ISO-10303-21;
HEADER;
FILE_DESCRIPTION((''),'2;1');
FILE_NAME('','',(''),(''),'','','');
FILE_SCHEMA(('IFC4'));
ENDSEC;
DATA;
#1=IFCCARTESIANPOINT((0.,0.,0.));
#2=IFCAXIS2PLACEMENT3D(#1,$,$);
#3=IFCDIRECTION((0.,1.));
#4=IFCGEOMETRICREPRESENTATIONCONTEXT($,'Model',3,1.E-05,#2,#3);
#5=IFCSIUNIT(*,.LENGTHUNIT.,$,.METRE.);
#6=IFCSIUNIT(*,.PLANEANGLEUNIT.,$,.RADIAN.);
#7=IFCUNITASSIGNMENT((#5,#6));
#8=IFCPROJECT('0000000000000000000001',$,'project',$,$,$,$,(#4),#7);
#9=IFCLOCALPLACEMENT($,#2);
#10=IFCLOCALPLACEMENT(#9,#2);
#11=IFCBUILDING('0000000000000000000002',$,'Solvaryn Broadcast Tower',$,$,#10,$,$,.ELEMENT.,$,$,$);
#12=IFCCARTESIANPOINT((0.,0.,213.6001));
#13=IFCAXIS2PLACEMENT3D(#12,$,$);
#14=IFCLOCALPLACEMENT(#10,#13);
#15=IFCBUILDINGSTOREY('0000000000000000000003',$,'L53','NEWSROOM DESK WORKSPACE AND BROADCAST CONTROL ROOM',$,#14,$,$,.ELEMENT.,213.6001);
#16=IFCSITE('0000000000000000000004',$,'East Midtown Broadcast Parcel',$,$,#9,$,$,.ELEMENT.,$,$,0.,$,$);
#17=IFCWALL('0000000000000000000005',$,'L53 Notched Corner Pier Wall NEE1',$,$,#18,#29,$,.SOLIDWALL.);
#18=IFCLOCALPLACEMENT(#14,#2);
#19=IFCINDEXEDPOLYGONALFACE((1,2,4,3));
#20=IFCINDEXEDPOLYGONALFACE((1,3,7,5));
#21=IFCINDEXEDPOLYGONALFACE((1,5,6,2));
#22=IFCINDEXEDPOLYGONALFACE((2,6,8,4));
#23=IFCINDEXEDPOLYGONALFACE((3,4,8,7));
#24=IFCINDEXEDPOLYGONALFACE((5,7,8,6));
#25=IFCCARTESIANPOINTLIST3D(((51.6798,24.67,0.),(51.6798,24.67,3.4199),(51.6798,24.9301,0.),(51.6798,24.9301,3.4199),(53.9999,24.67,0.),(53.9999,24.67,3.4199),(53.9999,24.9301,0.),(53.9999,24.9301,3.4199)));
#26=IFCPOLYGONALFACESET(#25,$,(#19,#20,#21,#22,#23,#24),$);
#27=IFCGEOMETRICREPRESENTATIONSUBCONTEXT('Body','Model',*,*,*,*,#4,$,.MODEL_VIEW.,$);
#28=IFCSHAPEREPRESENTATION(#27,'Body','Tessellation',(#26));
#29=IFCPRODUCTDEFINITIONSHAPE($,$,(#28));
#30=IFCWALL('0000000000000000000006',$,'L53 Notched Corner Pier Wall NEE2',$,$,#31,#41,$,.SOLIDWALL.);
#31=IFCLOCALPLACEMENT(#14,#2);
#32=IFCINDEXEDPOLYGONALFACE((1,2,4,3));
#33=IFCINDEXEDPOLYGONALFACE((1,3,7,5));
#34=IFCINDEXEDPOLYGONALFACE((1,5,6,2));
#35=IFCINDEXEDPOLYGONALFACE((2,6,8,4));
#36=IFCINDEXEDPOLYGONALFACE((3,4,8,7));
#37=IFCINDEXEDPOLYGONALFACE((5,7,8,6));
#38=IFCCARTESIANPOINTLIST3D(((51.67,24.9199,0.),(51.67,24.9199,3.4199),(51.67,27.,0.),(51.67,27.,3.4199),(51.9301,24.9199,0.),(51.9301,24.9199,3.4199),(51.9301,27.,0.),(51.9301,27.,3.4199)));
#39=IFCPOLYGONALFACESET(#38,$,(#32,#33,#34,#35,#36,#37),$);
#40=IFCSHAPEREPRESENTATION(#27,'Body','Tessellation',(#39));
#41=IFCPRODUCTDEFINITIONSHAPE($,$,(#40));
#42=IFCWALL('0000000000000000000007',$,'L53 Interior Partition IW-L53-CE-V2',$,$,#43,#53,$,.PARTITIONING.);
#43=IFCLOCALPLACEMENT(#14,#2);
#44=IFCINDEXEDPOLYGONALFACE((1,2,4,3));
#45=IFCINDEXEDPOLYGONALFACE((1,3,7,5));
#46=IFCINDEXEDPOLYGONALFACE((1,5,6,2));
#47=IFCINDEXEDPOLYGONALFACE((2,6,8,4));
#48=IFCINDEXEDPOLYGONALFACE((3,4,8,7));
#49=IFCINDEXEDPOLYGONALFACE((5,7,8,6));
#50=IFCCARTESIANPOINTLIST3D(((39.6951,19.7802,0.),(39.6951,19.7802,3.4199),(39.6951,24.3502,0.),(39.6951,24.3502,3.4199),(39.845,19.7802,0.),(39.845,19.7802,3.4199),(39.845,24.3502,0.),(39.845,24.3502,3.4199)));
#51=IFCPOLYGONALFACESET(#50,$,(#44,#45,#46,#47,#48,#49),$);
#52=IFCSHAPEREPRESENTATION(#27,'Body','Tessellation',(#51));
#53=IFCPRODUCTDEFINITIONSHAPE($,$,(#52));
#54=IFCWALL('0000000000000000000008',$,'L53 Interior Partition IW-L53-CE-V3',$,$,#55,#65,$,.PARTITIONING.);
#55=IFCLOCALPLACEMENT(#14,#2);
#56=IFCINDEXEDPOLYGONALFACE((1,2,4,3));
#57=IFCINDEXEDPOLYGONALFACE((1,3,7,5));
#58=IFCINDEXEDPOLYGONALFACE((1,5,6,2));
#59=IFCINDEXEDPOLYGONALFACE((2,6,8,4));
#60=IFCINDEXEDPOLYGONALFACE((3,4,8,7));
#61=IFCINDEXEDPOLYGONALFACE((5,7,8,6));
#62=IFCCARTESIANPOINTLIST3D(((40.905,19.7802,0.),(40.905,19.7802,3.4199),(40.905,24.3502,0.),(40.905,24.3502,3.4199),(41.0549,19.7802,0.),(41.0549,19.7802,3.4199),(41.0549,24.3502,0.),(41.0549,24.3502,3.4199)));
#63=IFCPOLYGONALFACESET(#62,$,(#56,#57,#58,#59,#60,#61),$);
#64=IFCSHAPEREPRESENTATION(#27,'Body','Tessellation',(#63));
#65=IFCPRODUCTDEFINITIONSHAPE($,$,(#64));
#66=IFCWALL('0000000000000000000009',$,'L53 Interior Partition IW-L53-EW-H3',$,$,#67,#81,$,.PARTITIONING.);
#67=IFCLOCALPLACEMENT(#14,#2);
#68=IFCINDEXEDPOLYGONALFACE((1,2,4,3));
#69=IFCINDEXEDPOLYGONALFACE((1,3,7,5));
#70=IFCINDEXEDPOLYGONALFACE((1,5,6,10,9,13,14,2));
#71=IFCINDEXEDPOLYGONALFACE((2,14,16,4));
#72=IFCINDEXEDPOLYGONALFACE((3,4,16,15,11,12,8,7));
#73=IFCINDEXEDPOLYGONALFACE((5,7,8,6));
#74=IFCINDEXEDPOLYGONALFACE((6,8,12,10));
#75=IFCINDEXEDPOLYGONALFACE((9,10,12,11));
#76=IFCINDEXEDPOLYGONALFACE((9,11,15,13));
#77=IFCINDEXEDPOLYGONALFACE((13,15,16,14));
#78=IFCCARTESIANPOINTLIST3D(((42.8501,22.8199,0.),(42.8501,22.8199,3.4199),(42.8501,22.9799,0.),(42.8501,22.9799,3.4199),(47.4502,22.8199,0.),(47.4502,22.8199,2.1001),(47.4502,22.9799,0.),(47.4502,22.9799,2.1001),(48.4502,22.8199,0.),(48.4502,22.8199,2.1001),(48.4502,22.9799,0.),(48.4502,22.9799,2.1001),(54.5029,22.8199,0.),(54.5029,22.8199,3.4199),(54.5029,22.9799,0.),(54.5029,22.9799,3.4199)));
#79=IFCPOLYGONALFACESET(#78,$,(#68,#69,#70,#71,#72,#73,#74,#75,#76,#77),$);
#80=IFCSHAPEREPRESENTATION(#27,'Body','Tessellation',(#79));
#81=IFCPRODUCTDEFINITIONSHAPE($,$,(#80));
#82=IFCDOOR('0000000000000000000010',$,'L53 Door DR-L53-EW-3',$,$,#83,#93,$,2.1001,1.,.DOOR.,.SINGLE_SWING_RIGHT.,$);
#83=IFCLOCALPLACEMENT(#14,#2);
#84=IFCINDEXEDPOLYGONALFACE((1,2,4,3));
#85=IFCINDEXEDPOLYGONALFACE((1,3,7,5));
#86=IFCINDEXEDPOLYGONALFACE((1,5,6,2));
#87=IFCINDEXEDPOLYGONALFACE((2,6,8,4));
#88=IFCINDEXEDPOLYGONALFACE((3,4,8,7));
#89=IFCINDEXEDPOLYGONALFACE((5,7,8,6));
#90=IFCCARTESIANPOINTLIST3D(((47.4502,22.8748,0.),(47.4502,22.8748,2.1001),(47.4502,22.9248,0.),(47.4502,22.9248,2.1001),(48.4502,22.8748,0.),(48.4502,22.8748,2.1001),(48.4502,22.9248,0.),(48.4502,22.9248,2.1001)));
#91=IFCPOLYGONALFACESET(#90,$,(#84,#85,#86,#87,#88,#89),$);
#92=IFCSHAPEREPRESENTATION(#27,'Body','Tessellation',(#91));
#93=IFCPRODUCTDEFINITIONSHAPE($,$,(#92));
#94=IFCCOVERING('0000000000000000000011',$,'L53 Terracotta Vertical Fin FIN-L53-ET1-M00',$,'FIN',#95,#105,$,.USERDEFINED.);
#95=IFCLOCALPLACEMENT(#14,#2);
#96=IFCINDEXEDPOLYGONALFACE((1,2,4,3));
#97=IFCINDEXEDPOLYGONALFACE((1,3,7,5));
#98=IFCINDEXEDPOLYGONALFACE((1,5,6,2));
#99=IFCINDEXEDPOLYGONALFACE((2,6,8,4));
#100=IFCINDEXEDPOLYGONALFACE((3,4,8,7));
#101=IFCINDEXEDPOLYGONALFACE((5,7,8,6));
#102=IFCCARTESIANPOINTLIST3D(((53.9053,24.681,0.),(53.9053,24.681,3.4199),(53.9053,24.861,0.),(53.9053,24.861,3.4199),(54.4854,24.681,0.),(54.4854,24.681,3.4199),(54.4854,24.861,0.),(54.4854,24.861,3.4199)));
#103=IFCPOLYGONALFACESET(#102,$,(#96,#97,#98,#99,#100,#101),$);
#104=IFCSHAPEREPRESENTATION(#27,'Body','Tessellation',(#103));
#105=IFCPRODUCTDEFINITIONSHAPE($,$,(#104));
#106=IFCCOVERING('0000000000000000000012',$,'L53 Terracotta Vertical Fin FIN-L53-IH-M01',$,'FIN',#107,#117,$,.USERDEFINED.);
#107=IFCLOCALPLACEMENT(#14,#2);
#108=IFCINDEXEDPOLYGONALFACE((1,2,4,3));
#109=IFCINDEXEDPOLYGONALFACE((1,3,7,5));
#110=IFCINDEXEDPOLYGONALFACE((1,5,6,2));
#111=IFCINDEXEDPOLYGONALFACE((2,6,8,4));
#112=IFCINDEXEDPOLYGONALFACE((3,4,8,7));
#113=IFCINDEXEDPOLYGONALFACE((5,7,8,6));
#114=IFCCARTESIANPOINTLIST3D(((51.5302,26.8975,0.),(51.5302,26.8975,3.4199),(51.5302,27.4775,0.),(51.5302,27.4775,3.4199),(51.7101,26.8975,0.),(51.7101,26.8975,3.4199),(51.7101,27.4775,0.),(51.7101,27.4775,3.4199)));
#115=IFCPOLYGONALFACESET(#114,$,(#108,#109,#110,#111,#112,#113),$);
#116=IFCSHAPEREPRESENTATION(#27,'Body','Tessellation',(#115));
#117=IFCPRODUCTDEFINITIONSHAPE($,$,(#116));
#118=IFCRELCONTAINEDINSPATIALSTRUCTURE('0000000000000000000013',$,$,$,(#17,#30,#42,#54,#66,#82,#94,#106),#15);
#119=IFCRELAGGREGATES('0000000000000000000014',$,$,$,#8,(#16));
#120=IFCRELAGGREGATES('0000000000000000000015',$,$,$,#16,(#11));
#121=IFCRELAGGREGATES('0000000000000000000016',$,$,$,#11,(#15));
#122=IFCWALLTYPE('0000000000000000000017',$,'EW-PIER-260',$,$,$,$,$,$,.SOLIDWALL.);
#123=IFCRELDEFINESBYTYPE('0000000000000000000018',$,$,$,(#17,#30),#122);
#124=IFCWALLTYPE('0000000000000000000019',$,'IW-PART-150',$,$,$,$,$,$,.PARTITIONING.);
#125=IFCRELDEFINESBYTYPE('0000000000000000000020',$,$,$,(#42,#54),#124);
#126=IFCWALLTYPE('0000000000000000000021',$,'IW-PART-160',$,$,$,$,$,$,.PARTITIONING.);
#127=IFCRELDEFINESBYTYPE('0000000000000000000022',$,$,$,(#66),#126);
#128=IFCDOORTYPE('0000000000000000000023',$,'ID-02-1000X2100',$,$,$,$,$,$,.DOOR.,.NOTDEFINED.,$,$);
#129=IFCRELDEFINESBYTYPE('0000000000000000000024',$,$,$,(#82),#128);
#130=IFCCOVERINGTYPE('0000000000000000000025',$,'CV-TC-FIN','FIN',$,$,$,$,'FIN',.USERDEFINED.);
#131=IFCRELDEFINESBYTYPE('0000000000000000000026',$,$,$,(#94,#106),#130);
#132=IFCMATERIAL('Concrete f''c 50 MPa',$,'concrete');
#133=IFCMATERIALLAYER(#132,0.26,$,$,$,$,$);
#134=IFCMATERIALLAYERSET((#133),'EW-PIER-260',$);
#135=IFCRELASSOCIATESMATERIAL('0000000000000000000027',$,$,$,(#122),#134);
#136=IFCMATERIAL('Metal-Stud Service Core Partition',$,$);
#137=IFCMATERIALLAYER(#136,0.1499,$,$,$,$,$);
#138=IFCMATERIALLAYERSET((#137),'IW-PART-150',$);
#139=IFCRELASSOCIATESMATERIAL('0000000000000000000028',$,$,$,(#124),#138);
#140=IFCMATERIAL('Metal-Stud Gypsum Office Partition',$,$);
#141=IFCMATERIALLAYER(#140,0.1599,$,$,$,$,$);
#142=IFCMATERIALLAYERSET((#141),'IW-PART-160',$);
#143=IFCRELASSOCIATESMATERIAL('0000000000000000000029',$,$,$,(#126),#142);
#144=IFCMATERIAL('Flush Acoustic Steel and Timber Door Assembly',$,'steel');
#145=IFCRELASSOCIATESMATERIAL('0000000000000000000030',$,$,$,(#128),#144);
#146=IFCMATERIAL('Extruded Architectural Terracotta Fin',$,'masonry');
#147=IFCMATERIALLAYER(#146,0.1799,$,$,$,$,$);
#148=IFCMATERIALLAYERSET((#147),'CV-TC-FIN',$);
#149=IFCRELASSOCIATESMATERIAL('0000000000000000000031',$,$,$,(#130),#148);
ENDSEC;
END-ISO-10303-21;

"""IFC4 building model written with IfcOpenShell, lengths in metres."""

from ifc_helpers import new_model, si_unit, direction, frame, frame_2d, origin, origin_2d, place, context, subcontext, project, spatial, rectangle, extrude, material, layer, layer_set, type_object, element, fill, save


model = new_model("IFC4")

# Units and contexts
model_context = context("Model", 3, precision=1e-05, world=origin(), true_north=direction((0.0, 1.0)))
body_context = subcontext(model_context, "Body", "Model", "MODEL_VIEW")
ifc_project = project(units=[si_unit("LENGTHUNIT", "METRE"), si_unit("PLANEANGLEUNIT", "RADIAN")], contexts=[model_context])

# Site, building, storey
site_placement = place(None, origin())
site = spatial("IfcSite", under=ifc_project, at=site_placement, Name="East Midtown Broadcast Parcel", CompositionType="ELEMENT", RefElevation=0.0)
building_placement = place(site_placement, origin())
building = spatial("IfcBuilding", under=site, at=building_placement, Name="Solvaryn Broadcast Tower", CompositionType="ELEMENT")
storey_placement = place(building_placement, frame((0.0, 0.0, 213.6001)))
storey = spatial("IfcBuildingStorey", under=building, at=storey_placement, Name="L53", Description="NEWSROOM DESK WORKSPACE AND BROADCAST CONTROL ROOM", CompositionType="ELEMENT", Elevation=213.6001)

# Walls
ifc_material_1 = material(Name="Concrete f'c 50 MPa", Category="concrete")
ifc_layer_1 = layer(ifc_material_1, 0.26)
ifc_layer_set_1 = layer_set([ifc_layer_1], Name="EW-PIER-260")
wall_type_1 = type_object("IfcWallType", Name="EW-PIER-260", PredefinedType="SOLIDWALL", material=ifc_layer_set_1)
wall_1_placement = place(storey_placement, frame((54.0, 24.8, 0.0), z_axis=(0.0, 0.0, 1.0), x_axis=(-1.0, 0.0, 0.0)))
element("IfcWall", 1, at=wall_1_placement, inside=storey, type_object=wall_type_1, Name="L53 Notched Corner Pier Wall NEE1", PredefinedType="SOLIDWALL", context=body_context, shape_type="SweptSolid", body=[
    extrude(rectangle(XDim=2.3201, YDim=0.26, at=frame_2d((1.1602, 0.0))), origin(), (0.0, 0.0, 1.0), 3.4199),
])
wall_2_placement = place(storey_placement, frame((51.8, 24.9199, 0.0), z_axis=(0.0, 0.0, 1.0), x_axis=(0.0, 1.0, 0.0)))
element("IfcWall", 2, at=wall_2_placement, inside=storey, type_object=wall_type_1, Name="L53 Notched Corner Pier Wall NEE2", PredefinedType="SOLIDWALL", context=body_context, shape_type="SweptSolid", body=[
    extrude(rectangle(XDim=2.0801, YDim=0.26, at=frame_2d((1.04, 0.0))), origin(), (0.0, 0.0, 1.0), 3.4199),
])
ifc_material_2 = material(Name="Metal-Stud Service Core Partition")
ifc_layer_2 = layer(ifc_material_2, 0.1499)
ifc_layer_set_2 = layer_set([ifc_layer_2], Name="IW-PART-150")
wall_type_2 = type_object("IfcWallType", Name="IW-PART-150", PredefinedType="PARTITIONING", material=ifc_layer_set_2)
for number, where, z_axis, x_axis, name in (
    (3, (39.77, 19.78, 0.0), (0.0, 0.0, 1.0), (0.0, 1.0, 0.0), "L53 Interior Partition IW-L53-CE-V2"),
    (4, (40.98, 19.78, 0.0), (0.0, 0.0, 1.0), (0.0, 1.0, 0.0), "L53 Interior Partition IW-L53-CE-V3"),
):
    element("IfcWall", number, at=place(storey_placement, frame(where, z_axis=z_axis, x_axis=x_axis)), inside=storey, type_object=wall_type_2, Name=name, PredefinedType="PARTITIONING", context=body_context, shape_type="SweptSolid", body=[
        extrude(rectangle(XDim=4.5701, YDim=0.1499, at=frame_2d((2.2852, 0.0))), origin(), (0.0, 0.0, 1.0), 3.4199),
    ])

# Wall, opening, door
ifc_material_3 = material(Name="Metal-Stud Gypsum Office Partition")
ifc_layer_3 = layer(ifc_material_3, 0.1599)
ifc_layer_set_3 = layer_set([ifc_layer_3], Name="IW-PART-160")
wall_type_3 = type_object("IfcWallType", Name="IW-PART-160", PredefinedType="PARTITIONING", material=ifc_layer_set_3)
wall_3_placement = place(storey_placement, frame((42.8501, 22.8999, 0.0), z_axis=(0.0, 0.0, 1.0), x_axis=(1.0, 0.0, 0.0)))
wall_3 = element("IfcWall", 5, at=wall_3_placement, inside=storey, type_object=wall_type_3, Name="L53 Interior Partition IW-L53-EW-H3", PredefinedType="PARTITIONING", context=body_context, shape_type="SweptSolid", body=[
    extrude(rectangle(XDim=11.6528, YDim=0.1599, at=frame_2d((5.8264, 0.0))), origin(), (0.0, 0.0, 1.0), 3.4199),
])
opening_1_placement = place(wall_3_placement, frame((4.6001, 0.0, 0.0)))
opening_1 = element("IfcOpeningElement", 6, at=opening_1_placement, cuts=wall_3, PredefinedType="OPENING", context=body_context, shape_type="SweptSolid", body=[
    extrude(rectangle(XDim=1.0, YDim=2.1001, at=frame_2d((0.5, 1.05))), frame((0.0, 0.0901, 0.0), z_axis=(0.0, -1.0, 0.0), x_axis=(1.0, 0.0, 0.0)), (0.0, 0.0, 1.0), 0.1799),
])
ifc_material_4 = material(Name="Flush Acoustic Steel and Timber Door Assembly", Category="steel")
door_type_1 = type_object("IfcDoorType", Name="ID-02-1000X2100", OperationType="NOTDEFINED", PredefinedType="DOOR", material=ifc_material_4)
door_1_placement = place(opening_1_placement, origin())
door_1 = element("IfcDoor", 7, at=door_1_placement, inside=storey, type_object=door_type_1, Name="L53 Door DR-L53-EW-3", OperationType="SINGLE_SWING_RIGHT", OverallHeight=2.1001, OverallWidth=1.0, PredefinedType="DOOR", context=body_context, shape_type="SweptSolid", body=[
    extrude(rectangle(XDim=1.0, YDim=2.1001, at=frame_2d((0.5, 1.05))), frame((0.0, 0.0249, 0.0), z_axis=(0.0, -1.0, 0.0), x_axis=(1.0, 0.0, 0.0)), (0.0, 0.0, 1.0), 0.05),
])
fill(opening_1, door_1)

# Coverings
ifc_material_5 = material(Name="Extruded Architectural Terracotta Fin", Category="masonry")
ifc_layer_4 = layer(ifc_material_5, 0.1799)
ifc_layer_set_4 = layer_set([ifc_layer_4], Name="CV-TC-FIN")
covering_type = type_object("IfcCoveringType", Name="CV-TC-FIN", Description="FIN", ElementType="FIN", PredefinedType="USERDEFINED", material=ifc_layer_set_4)
covering_1_placement = place(storey_placement, frame((54.1953, 24.771, 0.0), z_axis=(0.0, 0.0, 1.0), x_axis=(1.0, 0.0, 0.0)))
element("IfcCovering", 8, at=covering_1_placement, inside=storey, type_object=covering_type, Name="L53 Terracotta Vertical Fin FIN-L53-ET1-M00", ObjectType="FIN", PredefinedType="USERDEFINED", context=body_context, shape_type="SweptSolid", body=[
    extrude(rectangle(XDim=0.5801, YDim=0.1799, at=origin_2d()), origin(), (0.0, 0.0, 1.0), 3.4199),
])
covering_2_placement = place(storey_placement, frame((51.6201, 27.1875, 0.0), z_axis=(0.0, 0.0, 1.0), x_axis=(1.0, 0.0, 0.0)))
element("IfcCovering", 9, at=covering_2_placement, inside=storey, type_object=covering_type, Name="L53 Terracotta Vertical Fin FIN-L53-IH-M01", ObjectType="FIN", PredefinedType="USERDEFINED", context=body_context, shape_type="SweptSolid", body=[
    extrude(rectangle(XDim=0.1799, YDim=0.5801, at=origin_2d()), origin(), (0.0, 0.0, 1.0), 3.4199),
])

save(model, "model.ifc")
